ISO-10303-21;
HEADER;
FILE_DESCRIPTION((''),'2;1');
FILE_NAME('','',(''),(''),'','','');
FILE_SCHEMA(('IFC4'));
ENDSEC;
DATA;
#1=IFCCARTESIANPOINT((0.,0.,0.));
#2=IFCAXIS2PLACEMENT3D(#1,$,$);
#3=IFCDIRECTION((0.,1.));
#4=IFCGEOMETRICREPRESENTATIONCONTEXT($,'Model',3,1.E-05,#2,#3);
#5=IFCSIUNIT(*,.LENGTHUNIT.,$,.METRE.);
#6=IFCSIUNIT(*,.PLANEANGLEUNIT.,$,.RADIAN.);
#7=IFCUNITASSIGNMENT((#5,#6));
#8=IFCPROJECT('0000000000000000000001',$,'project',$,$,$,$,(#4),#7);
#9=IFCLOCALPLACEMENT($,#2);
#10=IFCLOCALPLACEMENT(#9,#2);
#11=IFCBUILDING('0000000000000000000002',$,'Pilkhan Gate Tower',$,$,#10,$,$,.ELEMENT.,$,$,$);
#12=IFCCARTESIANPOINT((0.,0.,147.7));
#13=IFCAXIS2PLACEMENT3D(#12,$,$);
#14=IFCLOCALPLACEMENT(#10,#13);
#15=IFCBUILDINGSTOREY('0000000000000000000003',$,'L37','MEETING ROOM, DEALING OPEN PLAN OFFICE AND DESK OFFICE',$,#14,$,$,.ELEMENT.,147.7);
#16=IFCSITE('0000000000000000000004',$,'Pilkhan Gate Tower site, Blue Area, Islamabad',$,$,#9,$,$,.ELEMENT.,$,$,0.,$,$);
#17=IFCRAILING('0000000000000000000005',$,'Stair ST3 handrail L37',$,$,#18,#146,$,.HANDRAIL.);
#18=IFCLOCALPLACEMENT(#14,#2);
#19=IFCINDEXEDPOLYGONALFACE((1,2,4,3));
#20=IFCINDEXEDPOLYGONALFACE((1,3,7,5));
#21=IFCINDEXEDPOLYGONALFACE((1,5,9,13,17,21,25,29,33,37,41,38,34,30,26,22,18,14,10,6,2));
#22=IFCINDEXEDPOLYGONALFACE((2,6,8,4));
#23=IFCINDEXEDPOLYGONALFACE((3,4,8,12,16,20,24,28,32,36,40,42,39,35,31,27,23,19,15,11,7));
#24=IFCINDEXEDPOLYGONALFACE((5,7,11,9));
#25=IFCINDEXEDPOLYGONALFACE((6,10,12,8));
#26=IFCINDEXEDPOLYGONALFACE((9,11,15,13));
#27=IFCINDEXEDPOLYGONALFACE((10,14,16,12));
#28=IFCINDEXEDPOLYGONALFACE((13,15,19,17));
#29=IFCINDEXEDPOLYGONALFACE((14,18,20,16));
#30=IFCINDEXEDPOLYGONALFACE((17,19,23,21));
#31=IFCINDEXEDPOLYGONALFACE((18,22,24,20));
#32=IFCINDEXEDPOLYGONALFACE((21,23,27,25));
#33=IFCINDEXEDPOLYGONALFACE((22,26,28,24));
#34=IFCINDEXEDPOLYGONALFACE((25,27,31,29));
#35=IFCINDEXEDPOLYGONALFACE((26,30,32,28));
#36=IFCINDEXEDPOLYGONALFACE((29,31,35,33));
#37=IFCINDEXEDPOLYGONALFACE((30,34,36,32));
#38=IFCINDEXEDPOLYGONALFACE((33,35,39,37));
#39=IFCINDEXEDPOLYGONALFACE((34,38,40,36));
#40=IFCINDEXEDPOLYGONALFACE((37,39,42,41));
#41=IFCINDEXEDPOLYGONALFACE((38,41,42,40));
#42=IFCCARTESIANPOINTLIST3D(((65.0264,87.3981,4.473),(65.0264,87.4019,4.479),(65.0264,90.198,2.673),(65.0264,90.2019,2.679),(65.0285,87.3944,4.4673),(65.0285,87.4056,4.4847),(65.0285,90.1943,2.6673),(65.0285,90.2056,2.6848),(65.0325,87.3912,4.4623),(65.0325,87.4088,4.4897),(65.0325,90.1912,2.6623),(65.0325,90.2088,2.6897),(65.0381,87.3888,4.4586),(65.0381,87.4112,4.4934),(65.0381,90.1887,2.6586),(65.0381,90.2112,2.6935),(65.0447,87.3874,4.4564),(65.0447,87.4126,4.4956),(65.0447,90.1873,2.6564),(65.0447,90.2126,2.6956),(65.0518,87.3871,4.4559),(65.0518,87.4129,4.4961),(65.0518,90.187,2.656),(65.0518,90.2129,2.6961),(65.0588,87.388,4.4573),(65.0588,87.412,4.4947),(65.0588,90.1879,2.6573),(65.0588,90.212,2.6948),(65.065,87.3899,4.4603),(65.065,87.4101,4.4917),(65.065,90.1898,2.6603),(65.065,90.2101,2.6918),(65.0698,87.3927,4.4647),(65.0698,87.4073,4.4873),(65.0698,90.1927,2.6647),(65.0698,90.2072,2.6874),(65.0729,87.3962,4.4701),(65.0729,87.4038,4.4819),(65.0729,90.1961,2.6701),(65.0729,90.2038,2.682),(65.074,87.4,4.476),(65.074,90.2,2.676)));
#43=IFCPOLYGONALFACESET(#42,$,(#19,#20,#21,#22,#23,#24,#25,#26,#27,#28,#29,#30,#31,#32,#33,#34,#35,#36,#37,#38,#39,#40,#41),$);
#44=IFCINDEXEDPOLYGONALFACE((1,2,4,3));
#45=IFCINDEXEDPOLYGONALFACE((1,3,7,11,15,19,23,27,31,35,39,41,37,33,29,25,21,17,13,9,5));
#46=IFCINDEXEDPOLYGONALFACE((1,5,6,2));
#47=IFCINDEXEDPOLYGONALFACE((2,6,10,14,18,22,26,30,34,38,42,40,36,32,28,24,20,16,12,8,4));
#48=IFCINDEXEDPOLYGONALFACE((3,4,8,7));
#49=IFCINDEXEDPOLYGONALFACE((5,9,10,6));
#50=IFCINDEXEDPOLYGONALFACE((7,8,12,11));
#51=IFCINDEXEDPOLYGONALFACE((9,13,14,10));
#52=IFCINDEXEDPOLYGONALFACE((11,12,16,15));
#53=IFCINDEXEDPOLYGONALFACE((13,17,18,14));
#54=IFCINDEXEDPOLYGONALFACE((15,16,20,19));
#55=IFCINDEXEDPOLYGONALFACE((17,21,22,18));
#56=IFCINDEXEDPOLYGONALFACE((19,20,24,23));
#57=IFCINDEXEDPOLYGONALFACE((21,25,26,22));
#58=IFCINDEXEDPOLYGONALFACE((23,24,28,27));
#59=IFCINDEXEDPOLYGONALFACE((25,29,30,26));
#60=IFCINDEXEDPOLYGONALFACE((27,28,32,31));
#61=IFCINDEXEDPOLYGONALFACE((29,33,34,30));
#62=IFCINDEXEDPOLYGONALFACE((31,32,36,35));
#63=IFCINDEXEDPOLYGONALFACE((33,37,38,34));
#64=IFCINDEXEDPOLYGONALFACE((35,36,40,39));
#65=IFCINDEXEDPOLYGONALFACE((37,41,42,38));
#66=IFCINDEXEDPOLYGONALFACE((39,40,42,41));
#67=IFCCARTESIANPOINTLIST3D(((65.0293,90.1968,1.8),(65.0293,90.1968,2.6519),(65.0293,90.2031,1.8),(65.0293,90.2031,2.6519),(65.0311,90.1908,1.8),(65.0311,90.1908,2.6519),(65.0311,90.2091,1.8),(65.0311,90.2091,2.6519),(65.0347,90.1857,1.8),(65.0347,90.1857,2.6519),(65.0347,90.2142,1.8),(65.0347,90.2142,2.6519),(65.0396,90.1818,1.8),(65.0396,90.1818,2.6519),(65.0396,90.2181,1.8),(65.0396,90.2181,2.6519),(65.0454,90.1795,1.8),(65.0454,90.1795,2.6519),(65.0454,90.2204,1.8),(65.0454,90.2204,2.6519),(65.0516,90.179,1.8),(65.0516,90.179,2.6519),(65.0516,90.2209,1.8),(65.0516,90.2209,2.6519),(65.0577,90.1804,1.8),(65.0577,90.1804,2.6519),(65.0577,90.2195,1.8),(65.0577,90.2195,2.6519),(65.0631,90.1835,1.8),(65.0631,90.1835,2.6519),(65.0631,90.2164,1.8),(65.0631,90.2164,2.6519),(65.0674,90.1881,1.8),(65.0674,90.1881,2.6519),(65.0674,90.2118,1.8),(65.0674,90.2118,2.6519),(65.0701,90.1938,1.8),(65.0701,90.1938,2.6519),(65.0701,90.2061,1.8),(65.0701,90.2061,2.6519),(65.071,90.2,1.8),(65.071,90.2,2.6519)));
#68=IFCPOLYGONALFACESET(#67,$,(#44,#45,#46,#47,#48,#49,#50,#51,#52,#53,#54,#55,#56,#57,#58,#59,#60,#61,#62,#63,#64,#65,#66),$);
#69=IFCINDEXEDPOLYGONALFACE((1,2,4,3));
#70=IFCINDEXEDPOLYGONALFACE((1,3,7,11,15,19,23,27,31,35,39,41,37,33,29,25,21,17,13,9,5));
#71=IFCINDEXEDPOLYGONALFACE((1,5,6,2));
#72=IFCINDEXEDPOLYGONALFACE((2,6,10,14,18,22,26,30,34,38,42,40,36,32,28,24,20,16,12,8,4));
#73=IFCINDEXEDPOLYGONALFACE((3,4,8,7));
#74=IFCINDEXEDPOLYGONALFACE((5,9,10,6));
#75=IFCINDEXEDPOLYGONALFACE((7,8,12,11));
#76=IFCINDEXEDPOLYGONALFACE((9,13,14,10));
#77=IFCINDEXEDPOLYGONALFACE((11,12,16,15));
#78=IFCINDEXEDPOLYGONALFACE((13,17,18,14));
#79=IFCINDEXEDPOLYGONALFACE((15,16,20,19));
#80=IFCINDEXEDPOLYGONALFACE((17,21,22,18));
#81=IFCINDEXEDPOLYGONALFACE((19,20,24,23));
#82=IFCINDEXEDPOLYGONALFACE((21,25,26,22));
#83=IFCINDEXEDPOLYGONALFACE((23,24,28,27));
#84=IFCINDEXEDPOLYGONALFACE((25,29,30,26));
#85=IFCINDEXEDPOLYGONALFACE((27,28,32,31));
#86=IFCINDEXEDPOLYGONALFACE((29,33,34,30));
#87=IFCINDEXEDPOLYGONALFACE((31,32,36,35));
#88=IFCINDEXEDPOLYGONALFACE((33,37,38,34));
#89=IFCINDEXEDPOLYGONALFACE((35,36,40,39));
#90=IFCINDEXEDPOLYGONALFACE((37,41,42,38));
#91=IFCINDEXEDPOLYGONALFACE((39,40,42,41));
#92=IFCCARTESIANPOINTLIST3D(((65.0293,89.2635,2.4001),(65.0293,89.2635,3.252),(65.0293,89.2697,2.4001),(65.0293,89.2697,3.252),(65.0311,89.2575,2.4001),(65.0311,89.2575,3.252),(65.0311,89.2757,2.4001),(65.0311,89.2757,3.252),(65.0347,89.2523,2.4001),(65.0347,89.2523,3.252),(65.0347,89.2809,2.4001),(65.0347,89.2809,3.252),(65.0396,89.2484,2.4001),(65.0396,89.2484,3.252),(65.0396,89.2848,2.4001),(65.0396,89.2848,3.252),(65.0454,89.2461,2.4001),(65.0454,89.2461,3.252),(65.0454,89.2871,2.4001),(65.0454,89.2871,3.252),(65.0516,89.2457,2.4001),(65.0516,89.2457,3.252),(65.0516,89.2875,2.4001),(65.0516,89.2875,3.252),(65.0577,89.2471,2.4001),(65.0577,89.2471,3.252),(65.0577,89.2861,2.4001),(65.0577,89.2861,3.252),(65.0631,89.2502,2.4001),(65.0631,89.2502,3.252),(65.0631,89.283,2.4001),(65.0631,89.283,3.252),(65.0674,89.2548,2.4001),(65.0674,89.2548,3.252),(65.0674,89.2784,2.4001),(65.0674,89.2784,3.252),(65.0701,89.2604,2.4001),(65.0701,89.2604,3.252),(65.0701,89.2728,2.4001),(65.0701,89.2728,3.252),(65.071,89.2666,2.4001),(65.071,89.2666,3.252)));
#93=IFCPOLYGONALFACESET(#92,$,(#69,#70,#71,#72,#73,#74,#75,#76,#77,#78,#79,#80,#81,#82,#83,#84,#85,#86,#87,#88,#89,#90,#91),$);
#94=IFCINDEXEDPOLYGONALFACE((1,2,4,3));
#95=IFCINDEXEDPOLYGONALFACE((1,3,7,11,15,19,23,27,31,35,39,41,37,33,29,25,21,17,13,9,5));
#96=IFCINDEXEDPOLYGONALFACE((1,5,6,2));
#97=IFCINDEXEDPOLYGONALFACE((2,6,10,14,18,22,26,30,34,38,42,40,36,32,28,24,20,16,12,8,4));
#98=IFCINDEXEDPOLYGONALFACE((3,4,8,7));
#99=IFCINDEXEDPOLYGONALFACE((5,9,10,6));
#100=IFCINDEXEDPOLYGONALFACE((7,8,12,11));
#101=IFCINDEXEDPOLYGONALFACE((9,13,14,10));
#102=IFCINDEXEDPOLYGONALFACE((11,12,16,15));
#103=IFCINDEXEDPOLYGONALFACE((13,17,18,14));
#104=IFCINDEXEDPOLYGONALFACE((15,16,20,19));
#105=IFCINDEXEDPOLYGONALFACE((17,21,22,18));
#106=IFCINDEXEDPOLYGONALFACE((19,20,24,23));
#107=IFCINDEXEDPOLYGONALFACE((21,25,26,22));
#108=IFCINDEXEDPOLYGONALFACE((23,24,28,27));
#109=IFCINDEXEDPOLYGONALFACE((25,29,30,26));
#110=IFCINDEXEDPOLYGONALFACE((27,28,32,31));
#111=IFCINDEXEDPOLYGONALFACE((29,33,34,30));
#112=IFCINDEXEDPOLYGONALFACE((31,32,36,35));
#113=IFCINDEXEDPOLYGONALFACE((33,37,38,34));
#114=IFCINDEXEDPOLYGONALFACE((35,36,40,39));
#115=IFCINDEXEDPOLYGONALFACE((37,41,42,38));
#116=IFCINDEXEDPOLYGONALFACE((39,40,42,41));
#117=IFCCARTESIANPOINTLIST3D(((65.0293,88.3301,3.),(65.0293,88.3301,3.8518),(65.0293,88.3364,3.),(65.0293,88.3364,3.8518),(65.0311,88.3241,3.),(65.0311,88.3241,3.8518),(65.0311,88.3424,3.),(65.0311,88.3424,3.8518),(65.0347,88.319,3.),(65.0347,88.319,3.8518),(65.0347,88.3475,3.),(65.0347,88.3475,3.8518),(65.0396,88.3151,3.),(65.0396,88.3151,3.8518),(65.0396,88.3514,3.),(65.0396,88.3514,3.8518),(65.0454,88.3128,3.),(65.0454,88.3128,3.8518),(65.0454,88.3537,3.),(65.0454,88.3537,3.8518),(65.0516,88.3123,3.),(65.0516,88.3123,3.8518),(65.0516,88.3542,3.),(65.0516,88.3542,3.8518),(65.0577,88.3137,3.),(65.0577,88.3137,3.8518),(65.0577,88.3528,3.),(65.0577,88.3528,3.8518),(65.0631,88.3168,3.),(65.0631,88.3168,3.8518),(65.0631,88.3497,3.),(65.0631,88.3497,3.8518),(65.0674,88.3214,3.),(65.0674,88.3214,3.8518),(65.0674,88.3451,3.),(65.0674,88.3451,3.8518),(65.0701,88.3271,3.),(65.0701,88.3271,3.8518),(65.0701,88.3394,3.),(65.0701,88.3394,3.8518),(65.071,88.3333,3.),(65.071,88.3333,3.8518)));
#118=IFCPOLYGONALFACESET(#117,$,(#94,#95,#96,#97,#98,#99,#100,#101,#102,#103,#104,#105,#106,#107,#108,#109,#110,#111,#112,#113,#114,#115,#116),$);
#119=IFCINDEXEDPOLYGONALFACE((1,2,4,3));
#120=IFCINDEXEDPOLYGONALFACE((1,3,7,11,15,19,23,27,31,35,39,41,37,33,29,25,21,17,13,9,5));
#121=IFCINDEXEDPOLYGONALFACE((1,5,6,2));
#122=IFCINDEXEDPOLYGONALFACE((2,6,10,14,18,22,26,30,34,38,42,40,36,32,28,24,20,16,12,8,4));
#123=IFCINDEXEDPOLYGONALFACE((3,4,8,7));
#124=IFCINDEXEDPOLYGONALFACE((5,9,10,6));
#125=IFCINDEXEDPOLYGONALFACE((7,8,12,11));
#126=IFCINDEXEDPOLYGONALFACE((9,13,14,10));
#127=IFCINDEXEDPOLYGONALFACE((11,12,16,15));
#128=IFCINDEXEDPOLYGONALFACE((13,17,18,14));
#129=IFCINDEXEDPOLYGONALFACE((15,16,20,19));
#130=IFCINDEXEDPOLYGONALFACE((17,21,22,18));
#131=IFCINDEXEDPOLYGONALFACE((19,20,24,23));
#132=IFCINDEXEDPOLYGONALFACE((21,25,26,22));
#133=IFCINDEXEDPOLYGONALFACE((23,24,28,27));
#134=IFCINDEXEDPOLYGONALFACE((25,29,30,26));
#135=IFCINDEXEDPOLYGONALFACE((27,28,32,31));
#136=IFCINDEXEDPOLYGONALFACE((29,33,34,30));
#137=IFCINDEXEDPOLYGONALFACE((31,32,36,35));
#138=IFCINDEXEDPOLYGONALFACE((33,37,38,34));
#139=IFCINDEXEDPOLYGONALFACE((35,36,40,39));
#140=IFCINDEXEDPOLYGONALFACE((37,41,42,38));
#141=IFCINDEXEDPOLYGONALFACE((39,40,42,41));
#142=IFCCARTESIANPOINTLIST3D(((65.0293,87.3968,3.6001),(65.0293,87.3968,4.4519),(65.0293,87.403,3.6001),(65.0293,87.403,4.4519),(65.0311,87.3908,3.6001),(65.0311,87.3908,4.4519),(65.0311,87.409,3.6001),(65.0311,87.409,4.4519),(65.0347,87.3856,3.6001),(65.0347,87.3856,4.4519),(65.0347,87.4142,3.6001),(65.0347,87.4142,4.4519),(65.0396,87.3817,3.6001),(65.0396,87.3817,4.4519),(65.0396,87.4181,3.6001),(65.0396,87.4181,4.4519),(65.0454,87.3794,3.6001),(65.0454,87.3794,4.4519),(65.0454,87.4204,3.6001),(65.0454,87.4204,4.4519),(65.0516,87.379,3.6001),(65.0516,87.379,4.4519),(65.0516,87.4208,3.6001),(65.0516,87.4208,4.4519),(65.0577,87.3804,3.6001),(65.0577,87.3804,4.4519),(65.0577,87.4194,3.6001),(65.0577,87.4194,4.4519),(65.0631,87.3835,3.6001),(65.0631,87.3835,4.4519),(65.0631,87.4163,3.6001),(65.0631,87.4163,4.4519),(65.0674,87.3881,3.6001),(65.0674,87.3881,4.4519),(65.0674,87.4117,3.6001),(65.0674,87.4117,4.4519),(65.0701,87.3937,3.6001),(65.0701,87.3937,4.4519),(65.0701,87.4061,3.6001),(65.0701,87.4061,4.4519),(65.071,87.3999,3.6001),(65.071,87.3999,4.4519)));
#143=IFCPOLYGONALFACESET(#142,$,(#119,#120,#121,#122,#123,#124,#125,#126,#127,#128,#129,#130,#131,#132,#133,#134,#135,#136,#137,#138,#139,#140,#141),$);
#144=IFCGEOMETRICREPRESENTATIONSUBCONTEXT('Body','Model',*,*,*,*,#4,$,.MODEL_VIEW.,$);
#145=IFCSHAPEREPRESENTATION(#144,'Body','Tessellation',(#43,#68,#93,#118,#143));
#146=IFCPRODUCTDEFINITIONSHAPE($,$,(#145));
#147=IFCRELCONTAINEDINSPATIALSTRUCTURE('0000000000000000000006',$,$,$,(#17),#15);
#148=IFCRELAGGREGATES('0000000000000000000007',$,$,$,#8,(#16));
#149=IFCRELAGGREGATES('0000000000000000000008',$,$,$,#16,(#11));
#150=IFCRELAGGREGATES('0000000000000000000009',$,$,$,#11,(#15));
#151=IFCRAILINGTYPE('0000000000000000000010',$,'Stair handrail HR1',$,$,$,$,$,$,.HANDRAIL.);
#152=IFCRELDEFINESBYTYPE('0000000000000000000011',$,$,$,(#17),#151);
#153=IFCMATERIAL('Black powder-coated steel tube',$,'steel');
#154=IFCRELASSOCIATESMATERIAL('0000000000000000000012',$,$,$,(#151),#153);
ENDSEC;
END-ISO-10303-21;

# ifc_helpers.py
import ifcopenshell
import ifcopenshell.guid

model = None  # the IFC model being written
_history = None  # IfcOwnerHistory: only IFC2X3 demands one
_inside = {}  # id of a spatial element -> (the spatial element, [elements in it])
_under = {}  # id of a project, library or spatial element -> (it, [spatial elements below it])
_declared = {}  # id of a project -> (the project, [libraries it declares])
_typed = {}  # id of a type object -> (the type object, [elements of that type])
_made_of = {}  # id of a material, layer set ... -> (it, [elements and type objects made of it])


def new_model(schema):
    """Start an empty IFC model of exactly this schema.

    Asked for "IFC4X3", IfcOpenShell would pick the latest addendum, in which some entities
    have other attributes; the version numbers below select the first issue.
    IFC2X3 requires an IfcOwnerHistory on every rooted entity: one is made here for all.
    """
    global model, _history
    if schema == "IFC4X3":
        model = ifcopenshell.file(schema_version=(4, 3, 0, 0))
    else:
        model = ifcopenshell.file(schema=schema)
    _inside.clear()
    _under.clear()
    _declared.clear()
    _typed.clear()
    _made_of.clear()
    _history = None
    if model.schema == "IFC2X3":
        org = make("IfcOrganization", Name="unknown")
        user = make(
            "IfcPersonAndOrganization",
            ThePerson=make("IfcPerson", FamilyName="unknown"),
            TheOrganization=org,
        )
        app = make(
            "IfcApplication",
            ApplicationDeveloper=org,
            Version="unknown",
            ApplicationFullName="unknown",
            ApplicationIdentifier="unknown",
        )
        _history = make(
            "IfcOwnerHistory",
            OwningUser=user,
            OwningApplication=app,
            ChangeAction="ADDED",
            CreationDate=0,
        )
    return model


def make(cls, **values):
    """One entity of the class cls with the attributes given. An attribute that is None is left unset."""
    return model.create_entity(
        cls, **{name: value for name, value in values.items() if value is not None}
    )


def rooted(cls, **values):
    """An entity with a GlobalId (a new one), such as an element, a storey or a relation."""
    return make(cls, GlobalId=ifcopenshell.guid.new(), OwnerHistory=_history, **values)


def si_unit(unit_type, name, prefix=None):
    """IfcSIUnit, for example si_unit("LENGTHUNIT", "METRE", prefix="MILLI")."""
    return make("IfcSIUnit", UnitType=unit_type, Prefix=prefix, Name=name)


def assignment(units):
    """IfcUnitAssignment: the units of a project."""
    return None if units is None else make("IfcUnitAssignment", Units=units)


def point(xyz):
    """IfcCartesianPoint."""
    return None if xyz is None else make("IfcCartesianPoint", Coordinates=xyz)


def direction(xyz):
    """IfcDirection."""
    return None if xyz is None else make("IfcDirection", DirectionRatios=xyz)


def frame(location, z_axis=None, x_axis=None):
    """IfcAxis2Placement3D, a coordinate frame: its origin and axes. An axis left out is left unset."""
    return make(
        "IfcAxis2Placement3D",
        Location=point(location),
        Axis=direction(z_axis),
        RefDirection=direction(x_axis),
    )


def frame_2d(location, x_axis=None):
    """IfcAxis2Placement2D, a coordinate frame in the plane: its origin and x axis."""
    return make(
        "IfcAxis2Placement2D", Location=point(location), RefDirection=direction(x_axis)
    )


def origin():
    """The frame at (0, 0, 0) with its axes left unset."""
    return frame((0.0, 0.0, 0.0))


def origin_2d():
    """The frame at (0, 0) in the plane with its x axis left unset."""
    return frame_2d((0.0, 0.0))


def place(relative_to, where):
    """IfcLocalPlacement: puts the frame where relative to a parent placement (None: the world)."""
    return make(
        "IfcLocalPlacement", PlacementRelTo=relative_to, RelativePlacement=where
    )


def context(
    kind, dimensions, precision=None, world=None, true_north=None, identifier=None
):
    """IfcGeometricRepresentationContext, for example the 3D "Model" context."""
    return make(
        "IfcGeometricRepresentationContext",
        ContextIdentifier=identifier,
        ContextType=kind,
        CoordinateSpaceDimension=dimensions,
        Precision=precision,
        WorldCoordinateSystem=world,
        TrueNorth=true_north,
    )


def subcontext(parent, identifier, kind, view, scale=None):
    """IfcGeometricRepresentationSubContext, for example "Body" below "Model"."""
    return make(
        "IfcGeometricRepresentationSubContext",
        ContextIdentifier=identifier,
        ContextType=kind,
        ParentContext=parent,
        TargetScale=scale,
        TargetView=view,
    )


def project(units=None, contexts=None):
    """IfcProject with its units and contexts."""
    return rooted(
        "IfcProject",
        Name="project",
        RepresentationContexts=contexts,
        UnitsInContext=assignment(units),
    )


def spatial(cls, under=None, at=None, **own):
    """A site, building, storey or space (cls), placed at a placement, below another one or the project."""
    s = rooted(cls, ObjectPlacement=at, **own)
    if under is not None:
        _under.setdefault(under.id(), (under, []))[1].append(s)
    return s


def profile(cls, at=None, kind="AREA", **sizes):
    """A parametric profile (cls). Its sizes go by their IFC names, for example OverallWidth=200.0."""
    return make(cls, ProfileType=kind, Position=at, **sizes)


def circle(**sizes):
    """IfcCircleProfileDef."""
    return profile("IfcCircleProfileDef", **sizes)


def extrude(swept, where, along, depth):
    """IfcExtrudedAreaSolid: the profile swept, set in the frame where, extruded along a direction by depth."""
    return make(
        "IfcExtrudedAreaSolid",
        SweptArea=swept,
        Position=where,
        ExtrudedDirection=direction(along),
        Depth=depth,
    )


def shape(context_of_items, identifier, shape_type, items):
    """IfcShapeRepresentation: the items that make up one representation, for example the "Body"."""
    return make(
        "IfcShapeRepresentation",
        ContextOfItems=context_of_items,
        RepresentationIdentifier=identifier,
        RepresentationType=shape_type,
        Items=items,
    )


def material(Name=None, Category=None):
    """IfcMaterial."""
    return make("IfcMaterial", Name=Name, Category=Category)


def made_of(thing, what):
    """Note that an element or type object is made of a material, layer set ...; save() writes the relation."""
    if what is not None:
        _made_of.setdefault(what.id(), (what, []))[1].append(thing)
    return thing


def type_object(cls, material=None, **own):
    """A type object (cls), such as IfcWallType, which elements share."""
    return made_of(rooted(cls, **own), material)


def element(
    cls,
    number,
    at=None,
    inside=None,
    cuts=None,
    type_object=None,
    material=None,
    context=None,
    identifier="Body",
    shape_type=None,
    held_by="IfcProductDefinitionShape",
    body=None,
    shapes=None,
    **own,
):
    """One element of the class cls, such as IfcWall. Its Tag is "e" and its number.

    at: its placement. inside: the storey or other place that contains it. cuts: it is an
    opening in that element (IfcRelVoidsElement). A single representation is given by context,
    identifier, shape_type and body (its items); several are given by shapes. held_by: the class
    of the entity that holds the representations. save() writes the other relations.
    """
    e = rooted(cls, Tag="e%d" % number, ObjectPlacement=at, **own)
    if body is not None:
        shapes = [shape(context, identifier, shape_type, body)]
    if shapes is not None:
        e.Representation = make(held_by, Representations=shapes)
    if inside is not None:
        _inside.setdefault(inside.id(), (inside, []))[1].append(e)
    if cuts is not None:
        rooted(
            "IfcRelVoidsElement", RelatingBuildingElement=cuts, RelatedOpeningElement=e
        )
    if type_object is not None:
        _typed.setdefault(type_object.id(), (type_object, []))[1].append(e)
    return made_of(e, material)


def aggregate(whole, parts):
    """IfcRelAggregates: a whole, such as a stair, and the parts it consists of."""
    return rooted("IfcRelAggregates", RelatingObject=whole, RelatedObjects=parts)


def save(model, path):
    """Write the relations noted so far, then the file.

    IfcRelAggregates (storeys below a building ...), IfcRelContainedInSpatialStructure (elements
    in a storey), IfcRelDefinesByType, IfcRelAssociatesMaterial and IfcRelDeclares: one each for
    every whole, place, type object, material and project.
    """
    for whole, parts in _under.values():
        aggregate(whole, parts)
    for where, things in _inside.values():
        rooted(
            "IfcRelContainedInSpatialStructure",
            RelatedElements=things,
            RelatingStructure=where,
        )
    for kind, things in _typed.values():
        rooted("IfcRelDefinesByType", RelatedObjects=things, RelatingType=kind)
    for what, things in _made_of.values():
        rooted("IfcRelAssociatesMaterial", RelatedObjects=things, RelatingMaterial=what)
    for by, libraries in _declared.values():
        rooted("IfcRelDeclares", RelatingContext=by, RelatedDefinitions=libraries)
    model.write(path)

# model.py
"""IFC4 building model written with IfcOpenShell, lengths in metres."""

from ifc_helpers import new_model, si_unit, direction, frame, origin, origin_2d, place, context, subcontext, project, spatial, circle, extrude, material, type_object, element, save


model = new_model("IFC4")

# Units and contexts
model_context = context("Model", 3, precision=1e-05, world=origin(), true_north=direction((0.0, 1.0)))
body_context = subcontext(model_context, "Body", "Model", "MODEL_VIEW")
ifc_project = project(units=[si_unit("LENGTHUNIT", "METRE"), si_unit("PLANEANGLEUNIT", "RADIAN")], contexts=[model_context])

# Site, building, storey
site_placement = place(None, origin())
site = spatial("IfcSite", under=ifc_project, at=site_placement, Name="Pilkhan Gate Tower site, Blue Area, Islamabad", CompositionType="ELEMENT", RefElevation=0.0)
building_placement = place(site_placement, origin())
building = spatial("IfcBuilding", under=site, at=building_placement, Name="Pilkhan Gate Tower", CompositionType="ELEMENT")
storey_placement = place(building_placement, frame((0.0, 0.0, 147.7)))
storey = spatial("IfcBuildingStorey", under=building, at=storey_placement, Name="L37", Description="MEETING ROOM, DEALING OPEN PLAN OFFICE AND DESK OFFICE", CompositionType="ELEMENT", Elevation=147.7)

# Railing
ifc_material_1 = material(Name="Black powder-coated steel tube", Category="steel")
railing_type_1 = type_object("IfcRailingType", Name="Stair handrail HR1", PredefinedType="HANDRAIL", material=ifc_material_1)
railing_1_placement = place(storey_placement, frame((65.05, 90.2, 1.8)))
element("IfcRailing", 1, at=railing_1_placement, inside=storey, type_object=railing_type_1, Name="Stair ST3 handrail L37", PredefinedType="HANDRAIL", context=body_context, shape_type="SweptSolid", body=[
    extrude(circle(Radius=0.0239, at=origin_2d()), frame((0.0, 0.0, 0.876), z_axis=(0.0, -0.841176, 0.540761), x_axis=(1.0, 0.0, 0.0)), (0.0, 0.0, 1.0), 3.3286),
    extrude(circle(Radius=0.021, at=origin_2d()), origin(), (0.0, 0.0, 1.0), 0.8518),
    extrude(circle(Radius=0.021, at=origin_2d()), frame((0.0, -0.9333, 0.6001)), (0.0, 0.0, 1.0), 0.8518),
    extrude(circle(Radius=0.021, at=origin_2d()), frame((0.0, -1.8667, 1.2)), (0.0, 0.0, 1.0), 0.8518),
    extrude(circle(Radius=0.021, at=origin_2d()), frame((0.0, -2.8, 1.8)), (0.0, 0.0, 1.0), 0.8518),
])

save(model, "model.ifc")
